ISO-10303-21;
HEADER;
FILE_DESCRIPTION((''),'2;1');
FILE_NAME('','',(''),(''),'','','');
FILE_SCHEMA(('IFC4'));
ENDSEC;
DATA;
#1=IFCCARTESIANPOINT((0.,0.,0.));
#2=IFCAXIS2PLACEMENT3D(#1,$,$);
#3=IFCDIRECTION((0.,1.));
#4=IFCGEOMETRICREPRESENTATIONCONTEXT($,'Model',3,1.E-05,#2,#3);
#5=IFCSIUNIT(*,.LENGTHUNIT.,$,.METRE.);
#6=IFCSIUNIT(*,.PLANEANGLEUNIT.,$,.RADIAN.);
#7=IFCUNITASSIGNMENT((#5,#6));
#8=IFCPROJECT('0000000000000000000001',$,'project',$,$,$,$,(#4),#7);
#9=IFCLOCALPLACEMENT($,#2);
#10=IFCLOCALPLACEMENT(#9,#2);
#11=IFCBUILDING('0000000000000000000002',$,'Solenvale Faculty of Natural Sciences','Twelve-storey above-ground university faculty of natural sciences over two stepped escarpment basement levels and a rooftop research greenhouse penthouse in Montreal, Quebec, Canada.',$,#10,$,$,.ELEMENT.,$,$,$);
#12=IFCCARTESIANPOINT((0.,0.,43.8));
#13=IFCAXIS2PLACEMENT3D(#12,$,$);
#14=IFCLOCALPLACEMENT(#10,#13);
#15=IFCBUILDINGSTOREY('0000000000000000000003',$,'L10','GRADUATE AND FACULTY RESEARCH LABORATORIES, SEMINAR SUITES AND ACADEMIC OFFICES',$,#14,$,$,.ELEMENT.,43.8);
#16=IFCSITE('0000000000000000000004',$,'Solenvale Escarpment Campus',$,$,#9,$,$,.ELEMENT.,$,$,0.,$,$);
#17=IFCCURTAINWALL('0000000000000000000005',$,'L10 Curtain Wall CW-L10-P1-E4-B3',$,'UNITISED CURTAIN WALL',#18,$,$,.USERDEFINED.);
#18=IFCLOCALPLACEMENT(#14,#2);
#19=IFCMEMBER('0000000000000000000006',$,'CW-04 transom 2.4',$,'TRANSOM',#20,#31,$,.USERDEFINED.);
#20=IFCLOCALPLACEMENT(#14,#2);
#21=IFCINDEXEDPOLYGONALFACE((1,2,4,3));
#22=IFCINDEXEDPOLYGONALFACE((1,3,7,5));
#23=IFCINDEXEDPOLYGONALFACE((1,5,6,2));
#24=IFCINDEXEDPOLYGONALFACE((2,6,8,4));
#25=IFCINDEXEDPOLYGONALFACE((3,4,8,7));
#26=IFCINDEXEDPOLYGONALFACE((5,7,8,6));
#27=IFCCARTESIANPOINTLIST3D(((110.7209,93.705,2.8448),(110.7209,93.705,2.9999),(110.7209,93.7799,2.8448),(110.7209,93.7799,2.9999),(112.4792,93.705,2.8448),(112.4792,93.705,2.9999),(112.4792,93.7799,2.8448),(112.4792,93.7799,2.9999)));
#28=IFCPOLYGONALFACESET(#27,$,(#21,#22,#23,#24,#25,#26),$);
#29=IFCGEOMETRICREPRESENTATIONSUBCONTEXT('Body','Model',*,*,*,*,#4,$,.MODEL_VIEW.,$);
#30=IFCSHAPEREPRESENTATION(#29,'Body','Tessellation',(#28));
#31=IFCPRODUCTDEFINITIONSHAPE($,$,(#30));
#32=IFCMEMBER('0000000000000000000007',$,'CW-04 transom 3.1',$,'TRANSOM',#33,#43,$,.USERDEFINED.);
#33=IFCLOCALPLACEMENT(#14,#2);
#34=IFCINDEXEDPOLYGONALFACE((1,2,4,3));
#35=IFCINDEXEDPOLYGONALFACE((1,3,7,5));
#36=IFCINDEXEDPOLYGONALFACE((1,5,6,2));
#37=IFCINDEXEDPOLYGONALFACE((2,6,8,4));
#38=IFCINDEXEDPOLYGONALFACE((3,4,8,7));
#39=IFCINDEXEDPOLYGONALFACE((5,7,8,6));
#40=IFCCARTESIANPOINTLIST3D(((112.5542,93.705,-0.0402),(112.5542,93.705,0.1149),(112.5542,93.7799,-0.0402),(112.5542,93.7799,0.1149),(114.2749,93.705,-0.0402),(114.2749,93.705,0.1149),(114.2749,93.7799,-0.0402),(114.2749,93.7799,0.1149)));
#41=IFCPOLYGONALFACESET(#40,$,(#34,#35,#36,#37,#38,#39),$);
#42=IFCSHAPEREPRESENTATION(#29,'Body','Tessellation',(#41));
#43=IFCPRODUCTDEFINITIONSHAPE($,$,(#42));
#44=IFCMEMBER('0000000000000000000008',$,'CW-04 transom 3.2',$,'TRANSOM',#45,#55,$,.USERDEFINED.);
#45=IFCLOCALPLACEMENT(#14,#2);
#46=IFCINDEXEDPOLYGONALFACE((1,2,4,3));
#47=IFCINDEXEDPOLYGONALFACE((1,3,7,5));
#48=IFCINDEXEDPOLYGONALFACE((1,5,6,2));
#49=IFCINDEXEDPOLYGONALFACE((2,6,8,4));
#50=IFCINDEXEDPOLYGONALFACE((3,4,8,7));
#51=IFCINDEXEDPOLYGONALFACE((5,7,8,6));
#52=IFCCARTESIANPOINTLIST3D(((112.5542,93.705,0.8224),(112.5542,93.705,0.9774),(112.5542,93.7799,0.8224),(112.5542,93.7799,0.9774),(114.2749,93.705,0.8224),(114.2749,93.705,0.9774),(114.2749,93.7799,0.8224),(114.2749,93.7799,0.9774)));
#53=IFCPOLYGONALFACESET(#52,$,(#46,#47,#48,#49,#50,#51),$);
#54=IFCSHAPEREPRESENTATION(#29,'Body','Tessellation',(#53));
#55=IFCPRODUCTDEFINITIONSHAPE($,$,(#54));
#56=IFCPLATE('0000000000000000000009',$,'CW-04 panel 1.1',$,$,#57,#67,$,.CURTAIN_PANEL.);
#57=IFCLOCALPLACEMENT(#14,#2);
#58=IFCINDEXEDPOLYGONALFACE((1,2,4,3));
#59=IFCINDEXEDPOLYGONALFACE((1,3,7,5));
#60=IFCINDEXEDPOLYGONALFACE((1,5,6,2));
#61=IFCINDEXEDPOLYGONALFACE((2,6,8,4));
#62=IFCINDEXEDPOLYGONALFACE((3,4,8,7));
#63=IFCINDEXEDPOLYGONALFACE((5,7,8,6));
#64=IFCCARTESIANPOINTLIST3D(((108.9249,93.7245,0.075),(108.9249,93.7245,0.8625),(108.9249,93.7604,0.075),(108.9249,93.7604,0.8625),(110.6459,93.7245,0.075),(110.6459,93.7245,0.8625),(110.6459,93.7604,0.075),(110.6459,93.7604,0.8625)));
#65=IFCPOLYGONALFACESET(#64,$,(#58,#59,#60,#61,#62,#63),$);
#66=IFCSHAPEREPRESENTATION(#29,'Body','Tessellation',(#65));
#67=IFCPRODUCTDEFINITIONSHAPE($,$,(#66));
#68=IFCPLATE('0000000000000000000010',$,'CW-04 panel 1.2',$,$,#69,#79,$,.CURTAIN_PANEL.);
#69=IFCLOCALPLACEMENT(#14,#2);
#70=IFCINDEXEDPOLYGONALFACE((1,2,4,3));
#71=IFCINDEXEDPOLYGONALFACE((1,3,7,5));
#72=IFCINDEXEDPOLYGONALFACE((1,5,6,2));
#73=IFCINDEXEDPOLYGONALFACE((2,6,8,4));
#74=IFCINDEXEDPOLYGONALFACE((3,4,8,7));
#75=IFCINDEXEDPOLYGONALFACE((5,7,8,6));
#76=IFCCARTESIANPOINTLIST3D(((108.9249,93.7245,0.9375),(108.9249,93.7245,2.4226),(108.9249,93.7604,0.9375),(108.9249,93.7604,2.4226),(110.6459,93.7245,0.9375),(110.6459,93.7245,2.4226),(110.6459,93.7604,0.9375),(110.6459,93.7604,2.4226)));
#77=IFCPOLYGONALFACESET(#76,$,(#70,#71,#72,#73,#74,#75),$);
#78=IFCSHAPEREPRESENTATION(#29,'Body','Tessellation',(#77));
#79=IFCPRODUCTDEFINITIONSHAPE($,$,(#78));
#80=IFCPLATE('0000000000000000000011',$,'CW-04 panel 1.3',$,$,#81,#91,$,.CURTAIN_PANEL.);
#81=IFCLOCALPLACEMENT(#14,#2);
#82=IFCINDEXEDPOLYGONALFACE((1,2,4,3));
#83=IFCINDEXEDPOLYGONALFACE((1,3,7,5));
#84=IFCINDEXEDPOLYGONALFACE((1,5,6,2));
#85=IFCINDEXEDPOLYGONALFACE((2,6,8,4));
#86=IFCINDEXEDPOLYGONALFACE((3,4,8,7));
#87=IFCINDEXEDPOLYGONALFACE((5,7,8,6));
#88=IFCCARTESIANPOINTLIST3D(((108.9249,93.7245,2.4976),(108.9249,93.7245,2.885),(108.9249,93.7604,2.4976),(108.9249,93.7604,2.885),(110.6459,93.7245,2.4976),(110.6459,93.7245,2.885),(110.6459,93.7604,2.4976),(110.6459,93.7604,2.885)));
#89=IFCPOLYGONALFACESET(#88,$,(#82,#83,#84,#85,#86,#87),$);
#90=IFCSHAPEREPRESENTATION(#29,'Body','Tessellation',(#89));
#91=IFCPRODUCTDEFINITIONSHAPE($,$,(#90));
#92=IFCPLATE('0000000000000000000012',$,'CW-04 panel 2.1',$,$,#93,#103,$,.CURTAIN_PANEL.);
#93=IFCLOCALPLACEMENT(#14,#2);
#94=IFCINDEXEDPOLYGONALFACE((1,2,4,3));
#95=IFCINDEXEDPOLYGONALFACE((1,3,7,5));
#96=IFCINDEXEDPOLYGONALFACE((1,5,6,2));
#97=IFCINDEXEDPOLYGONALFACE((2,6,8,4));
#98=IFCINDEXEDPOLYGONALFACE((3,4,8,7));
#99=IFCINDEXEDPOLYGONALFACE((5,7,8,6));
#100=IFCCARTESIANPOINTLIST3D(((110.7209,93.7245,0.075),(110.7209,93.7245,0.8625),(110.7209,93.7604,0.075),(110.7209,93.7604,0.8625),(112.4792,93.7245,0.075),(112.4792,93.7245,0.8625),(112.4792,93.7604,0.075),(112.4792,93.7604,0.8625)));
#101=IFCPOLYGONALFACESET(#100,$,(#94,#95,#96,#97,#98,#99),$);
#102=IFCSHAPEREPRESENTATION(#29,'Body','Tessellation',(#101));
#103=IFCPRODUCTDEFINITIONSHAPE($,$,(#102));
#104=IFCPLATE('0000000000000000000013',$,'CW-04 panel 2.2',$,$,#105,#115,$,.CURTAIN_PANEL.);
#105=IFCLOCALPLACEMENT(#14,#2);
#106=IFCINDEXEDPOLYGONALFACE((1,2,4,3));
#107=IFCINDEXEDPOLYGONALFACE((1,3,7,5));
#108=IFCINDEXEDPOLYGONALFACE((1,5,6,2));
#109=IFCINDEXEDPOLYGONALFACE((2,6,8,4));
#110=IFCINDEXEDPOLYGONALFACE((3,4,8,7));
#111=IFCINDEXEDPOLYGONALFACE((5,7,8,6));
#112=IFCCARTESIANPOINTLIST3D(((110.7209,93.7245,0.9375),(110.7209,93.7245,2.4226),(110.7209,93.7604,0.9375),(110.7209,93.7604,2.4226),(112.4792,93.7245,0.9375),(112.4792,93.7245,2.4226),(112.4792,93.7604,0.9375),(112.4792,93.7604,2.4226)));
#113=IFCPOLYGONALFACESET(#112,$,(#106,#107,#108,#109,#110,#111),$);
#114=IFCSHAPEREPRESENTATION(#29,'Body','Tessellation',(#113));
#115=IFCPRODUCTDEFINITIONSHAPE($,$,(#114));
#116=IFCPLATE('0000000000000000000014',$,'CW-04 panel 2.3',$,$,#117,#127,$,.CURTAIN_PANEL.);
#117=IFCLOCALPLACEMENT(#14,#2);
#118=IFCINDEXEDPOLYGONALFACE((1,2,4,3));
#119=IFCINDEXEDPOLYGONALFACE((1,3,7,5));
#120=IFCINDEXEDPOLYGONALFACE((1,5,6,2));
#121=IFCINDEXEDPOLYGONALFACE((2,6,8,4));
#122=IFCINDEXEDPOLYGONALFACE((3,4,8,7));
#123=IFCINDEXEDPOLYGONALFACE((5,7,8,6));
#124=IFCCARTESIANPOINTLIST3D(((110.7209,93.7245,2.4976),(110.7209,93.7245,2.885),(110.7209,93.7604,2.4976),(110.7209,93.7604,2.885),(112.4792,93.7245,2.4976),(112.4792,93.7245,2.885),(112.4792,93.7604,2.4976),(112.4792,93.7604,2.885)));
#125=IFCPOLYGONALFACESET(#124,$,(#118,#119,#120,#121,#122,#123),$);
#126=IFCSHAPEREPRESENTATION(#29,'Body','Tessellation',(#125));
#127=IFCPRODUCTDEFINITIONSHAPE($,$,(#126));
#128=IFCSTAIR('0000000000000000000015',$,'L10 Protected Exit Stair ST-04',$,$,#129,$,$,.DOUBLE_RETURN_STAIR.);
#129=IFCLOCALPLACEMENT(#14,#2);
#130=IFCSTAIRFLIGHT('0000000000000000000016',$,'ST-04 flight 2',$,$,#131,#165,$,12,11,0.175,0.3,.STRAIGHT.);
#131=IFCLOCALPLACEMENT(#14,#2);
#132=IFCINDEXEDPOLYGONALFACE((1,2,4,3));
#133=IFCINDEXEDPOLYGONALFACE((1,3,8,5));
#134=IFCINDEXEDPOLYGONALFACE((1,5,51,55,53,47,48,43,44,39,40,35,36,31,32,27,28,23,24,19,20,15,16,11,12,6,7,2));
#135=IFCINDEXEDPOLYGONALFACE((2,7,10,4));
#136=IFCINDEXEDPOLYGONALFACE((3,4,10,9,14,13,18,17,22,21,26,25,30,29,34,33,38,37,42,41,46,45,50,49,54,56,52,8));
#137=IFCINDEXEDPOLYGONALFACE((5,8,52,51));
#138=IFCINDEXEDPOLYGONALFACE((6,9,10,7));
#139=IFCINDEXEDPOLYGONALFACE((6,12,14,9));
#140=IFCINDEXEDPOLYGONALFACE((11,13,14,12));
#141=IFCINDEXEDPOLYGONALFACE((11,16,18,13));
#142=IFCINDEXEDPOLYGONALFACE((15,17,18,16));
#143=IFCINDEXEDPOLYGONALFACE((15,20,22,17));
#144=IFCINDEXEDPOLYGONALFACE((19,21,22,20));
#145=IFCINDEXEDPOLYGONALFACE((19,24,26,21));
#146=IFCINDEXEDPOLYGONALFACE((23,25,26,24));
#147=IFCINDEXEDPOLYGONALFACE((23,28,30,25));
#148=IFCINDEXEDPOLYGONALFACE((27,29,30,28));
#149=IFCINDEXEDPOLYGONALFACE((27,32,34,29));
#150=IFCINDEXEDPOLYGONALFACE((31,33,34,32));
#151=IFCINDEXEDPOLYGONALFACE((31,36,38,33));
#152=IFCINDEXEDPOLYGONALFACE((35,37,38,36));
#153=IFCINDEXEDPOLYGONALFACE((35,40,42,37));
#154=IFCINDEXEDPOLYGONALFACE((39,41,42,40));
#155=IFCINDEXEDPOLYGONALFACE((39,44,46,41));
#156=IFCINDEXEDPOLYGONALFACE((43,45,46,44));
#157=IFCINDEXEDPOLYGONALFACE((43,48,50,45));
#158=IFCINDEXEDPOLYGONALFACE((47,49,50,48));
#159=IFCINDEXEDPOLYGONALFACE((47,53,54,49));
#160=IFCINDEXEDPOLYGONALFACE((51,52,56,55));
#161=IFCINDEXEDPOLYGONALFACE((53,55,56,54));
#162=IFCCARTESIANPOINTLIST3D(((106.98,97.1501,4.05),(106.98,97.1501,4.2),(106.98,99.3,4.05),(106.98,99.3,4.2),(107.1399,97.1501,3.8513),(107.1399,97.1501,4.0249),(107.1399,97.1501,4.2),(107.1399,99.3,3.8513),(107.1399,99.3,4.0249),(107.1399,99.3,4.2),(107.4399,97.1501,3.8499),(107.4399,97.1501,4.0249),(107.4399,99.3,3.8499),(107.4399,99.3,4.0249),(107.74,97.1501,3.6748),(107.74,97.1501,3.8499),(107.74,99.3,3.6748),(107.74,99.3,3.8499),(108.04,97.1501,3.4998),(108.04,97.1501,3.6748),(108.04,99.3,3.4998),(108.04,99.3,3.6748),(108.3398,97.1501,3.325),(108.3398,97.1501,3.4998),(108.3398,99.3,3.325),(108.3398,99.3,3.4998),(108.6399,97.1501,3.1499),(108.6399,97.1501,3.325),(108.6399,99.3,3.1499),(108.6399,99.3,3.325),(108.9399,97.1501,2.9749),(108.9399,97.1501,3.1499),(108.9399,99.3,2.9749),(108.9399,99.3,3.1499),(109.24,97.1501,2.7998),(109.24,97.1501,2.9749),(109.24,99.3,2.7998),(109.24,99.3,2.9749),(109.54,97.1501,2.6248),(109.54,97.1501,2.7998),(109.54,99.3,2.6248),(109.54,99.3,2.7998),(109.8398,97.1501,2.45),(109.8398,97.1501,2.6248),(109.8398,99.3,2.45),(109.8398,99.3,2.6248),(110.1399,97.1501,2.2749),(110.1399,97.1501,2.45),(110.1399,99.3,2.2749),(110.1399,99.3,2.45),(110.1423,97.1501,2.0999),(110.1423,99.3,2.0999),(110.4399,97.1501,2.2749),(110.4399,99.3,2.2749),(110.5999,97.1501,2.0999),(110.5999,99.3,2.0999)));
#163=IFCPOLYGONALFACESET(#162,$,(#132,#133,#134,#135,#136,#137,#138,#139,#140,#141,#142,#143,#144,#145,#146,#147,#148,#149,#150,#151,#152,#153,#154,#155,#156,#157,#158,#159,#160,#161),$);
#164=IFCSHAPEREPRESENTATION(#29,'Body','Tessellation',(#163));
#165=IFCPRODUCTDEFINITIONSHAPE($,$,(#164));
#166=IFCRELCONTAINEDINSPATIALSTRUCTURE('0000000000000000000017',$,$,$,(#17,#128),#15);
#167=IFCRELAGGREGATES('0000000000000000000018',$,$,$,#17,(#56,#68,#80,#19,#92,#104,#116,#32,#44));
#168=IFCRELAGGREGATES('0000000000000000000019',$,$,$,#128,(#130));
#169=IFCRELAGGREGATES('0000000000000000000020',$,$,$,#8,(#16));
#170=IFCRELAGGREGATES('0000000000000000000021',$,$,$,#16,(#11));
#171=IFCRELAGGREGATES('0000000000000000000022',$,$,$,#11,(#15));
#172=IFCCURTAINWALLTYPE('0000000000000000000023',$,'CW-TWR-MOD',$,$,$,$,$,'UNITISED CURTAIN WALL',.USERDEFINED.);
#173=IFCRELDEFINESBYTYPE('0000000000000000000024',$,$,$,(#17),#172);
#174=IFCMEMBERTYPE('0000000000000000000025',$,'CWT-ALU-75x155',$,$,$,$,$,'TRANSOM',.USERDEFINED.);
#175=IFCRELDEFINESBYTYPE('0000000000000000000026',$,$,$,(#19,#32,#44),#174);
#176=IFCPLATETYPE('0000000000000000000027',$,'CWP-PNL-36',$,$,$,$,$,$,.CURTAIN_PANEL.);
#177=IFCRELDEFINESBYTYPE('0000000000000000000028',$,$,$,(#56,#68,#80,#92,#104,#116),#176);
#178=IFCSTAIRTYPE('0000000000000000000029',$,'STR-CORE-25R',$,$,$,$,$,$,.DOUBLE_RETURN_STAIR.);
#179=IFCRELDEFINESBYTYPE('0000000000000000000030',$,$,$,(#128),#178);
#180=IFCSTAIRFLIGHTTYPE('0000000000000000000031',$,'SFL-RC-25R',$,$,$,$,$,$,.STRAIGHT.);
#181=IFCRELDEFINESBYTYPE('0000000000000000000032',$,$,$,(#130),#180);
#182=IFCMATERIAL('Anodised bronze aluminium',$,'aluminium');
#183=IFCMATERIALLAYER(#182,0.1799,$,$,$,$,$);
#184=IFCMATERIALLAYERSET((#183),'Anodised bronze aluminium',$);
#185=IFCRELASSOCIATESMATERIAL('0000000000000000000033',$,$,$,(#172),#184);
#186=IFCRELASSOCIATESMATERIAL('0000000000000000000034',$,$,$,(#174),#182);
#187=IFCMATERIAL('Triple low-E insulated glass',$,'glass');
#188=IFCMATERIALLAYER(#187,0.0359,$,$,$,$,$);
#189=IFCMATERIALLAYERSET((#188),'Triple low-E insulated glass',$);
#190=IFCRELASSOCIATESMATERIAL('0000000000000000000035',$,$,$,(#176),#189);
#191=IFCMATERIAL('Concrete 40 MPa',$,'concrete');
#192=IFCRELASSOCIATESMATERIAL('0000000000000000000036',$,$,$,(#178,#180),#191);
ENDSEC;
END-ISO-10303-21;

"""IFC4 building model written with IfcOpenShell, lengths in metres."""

from ifc_helpers import new_model, si_unit, direction, frame, origin, origin_2d, place, context, subcontext, project, spatial, polyline, rectangle, outline, extrude, material, layer, layer_set, material_profile, profile_set, type_object, element, aggregate, save


model = new_model("IFC4")

# Units and contexts
model_context = context("Model", 3, precision=1e-05, world=origin(), true_north=direction((0.0, 1.0)))
body_context = subcontext(model_context, "Body", "Model", "MODEL_VIEW")
ifc_project = project(units=[si_unit("LENGTHUNIT", "METRE"), si_unit("PLANEANGLEUNIT", "RADIAN")], contexts=[model_context])

# Site, building, storey
site_placement = place(None, origin())
site = spatial("IfcSite", under=ifc_project, at=site_placement, Name="Solenvale Escarpment Campus", CompositionType="ELEMENT", RefElevation=0.0)
building_placement = place(site_placement, origin())
building = spatial("IfcBuilding", under=site, at=building_placement, Name="Solenvale Faculty of Natural Sciences", Description="Twelve-storey above-ground university faculty of natural sciences over two stepped escarpment basement levels and a rooftop research greenhouse penthouse in Montreal, Quebec, Canada.", CompositionType="ELEMENT")
storey_placement = place(building_placement, frame((0.0, 0.0, 43.8)))
storey = spatial("IfcBuildingStorey", under=building, at=storey_placement, Name="L10", Description="GRADUATE AND FACULTY RESEARCH LABORATORIES, SEMINAR SUITES AND ACADEMIC OFFICES", CompositionType="ELEMENT", Elevation=43.8)

# Shared definitions
ifc_material_1 = material(Name="Concrete 40 MPa", Category="concrete")

# Curtain wall, members, plates
ifc_material_2 = material(Name="Anodised bronze aluminium", Category="aluminium")
ifc_layer_1 = layer(ifc_material_2, 0.1799)
ifc_layer_set_1 = layer_set([ifc_layer_1], Name="Anodised bronze aluminium")
curtain_wall_type = type_object("IfcCurtainWallType", Name="CW-TWR-MOD", ElementType="UNITISED CURTAIN WALL", PredefinedType="USERDEFINED", material=ifc_layer_set_1)
curtain_wall_placement = place(storey_placement, origin())
curtain_wall = element("IfcCurtainWall", 1, at=curtain_wall_placement, inside=storey, type_object=curtain_wall_type, Name="L10 Curtain Wall CW-L10-P1-E4-B3", ObjectType="UNITISED CURTAIN WALL", PredefinedType="USERDEFINED")
ifc_material_profile_1 = material_profile(ifc_material_2, rectangle(XDim=0.075, YDim=0.155, at=origin_2d()), Name="ALU-TRN-75x155")
ifc_profile_set_1 = profile_set([ifc_material_profile_1], Name="Anodised bronze aluminium")
member_type_1 = type_object("IfcMemberType", Name="CWT-ALU-75x155", ElementType="TRANSOM", PredefinedType="USERDEFINED", material=ifc_profile_set_1)
member_1_placement = place(storey_placement, frame((110.7209, 93.7424, 2.9224), z_axis=(1.0, 0.0, 0.0), x_axis=(0.0, 1.0, 0.0)))
member_1 = element("IfcMember", 2, at=member_1_placement, type_object=member_type_1, Name="CW-04 transom 2.4", ObjectType="TRANSOM", PredefinedType="USERDEFINED", context=body_context, shape_type="SweptSolid", body=[
    extrude(rectangle(XDim=0.075, YDim=0.155, at=origin_2d()), origin(), (0.0, 0.0, 1.0), 1.7583),
])
member_2_placement = place(storey_placement, frame((112.5542, 93.7424, 0.0374), z_axis=(1.0, 0.0, 0.0), x_axis=(0.0, 1.0, 0.0)))
member_2 = element("IfcMember", 3, at=member_2_placement, type_object=member_type_1, Name="CW-04 transom 3.1", ObjectType="TRANSOM", PredefinedType="USERDEFINED", context=body_context, shape_type="SweptSolid", body=[
    extrude(rectangle(XDim=0.075, YDim=0.155, at=origin_2d()), origin(), (0.0, 0.0, 1.0), 1.7207),
])
member_3_placement = place(storey_placement, frame((112.5542, 93.7424, 0.8999), z_axis=(1.0, 0.0, 0.0), x_axis=(0.0, 1.0, 0.0)))
member_3 = element("IfcMember", 4, at=member_3_placement, type_object=member_type_1, Name="CW-04 transom 3.2", ObjectType="TRANSOM", PredefinedType="USERDEFINED", context=body_context, shape_type="SweptSolid", body=[
    extrude(rectangle(XDim=0.075, YDim=0.155, at=origin_2d()), origin(), (0.0, 0.0, 1.0), 1.7207),
])
ifc_material_3 = material(Name="Triple low-E insulated glass", Category="glass")
ifc_layer_2 = layer(ifc_material_3, 0.0359)
ifc_layer_set_2 = layer_set([ifc_layer_2], Name="Triple low-E insulated glass")
plate_type = type_object("IfcPlateType", Name="CWP-PNL-36", PredefinedType="CURTAIN_PANEL", material=ifc_layer_set_2)
plate_1_placement = place(storey_placement, frame((109.7854, 93.7424, 0.075), z_axis=(0.0, 0.0, 1.0), x_axis=(1.0, 0.0, 0.0)))
plate_1 = element("IfcPlate", 5, at=plate_1_placement, type_object=plate_type, Name="CW-04 panel 1.1", PredefinedType="CURTAIN_PANEL", context=body_context, shape_type="SweptSolid", body=[
    extrude(rectangle(XDim=1.7209, YDim=0.0359, at=origin_2d()), origin(), (0.0, 0.0, 1.0), 0.7876),
])
plate_2_placement = place(storey_placement, frame((109.7854, 93.7424, 0.9375), z_axis=(0.0, 0.0, 1.0), x_axis=(1.0, 0.0, 0.0)))
plate_2 = element("IfcPlate", 6, at=plate_2_placement, type_object=plate_type, Name="CW-04 panel 1.2", PredefinedType="CURTAIN_PANEL", context=body_context, shape_type="SweptSolid", body=[
    extrude(rectangle(XDim=1.7209, YDim=0.0359, at=origin_2d()), origin(), (0.0, 0.0, 1.0), 1.4851),
])
plate_3_placement = place(storey_placement, frame((109.7854, 93.7424, 2.4976), z_axis=(0.0, 0.0, 1.0), x_axis=(1.0, 0.0, 0.0)))
plate_3 = element("IfcPlate", 7, at=plate_3_placement, type_object=plate_type, Name="CW-04 panel 1.3", PredefinedType="CURTAIN_PANEL", context=body_context, shape_type="SweptSolid", body=[
    extrude(rectangle(XDim=1.7209, YDim=0.0359, at=origin_2d()), origin(), (0.0, 0.0, 1.0), 0.3875),
])
plate_4_placement = place(storey_placement, frame((111.6001, 93.7424, 0.075), z_axis=(0.0, 0.0, 1.0), x_axis=(1.0, 0.0, 0.0)))
plate_4 = element("IfcPlate", 8, at=plate_4_placement, type_object=plate_type, Name="CW-04 panel 2.1", PredefinedType="CURTAIN_PANEL", context=body_context, shape_type="SweptSolid", body=[
    extrude(rectangle(XDim=1.7583, YDim=0.0359, at=origin_2d()), origin(), (0.0, 0.0, 1.0), 0.7876),
])
plate_5_placement = place(storey_placement, frame((111.6001, 93.7424, 0.9375), z_axis=(0.0, 0.0, 1.0), x_axis=(1.0, 0.0, 0.0)))
plate_5 = element("IfcPlate", 9, at=plate_5_placement, type_object=plate_type, Name="CW-04 panel 2.2", PredefinedType="CURTAIN_PANEL", context=body_context, shape_type="SweptSolid", body=[
    extrude(rectangle(XDim=1.7583, YDim=0.0359, at=origin_2d()), origin(), (0.0, 0.0, 1.0), 1.4851),
])
plate_6_placement = place(storey_placement, frame((111.6001, 93.7424, 2.4976), z_axis=(0.0, 0.0, 1.0), x_axis=(1.0, 0.0, 0.0)))
plate_6 = element("IfcPlate", 10, at=plate_6_placement, type_object=plate_type, Name="CW-04 panel 2.3", PredefinedType="CURTAIN_PANEL", context=body_context, shape_type="SweptSolid", body=[
    extrude(rectangle(XDim=1.7583, YDim=0.0359, at=origin_2d()), origin(), (0.0, 0.0, 1.0), 0.3875),
])
aggregate(curtain_wall, [plate_1, plate_2, plate_3, member_1, plate_4, plate_5, plate_6, member_2, member_3])

# Stair, stair flight
stair_type = type_object("IfcStairType", Name="STR-CORE-25R", PredefinedType="DOUBLE_RETURN_STAIR", material=ifc_material_1)
stair_placement = place(storey_placement, origin())
stair = element("IfcStair", 11, at=stair_placement, inside=storey, type_object=stair_type, Name="L10 Protected Exit Stair ST-04", PredefinedType="DOUBLE_RETURN_STAIR")
stair_flight_type = type_object("IfcStairFlightType", Name="SFL-RC-25R", PredefinedType="STRAIGHT", material=ifc_material_1)
stair_flight_placement = place(storey_placement, frame((110.4399, 98.2251, 2.0999), z_axis=(0.0, 0.0, 1.0), x_axis=(-1.0, 0.0, 0.0)))
stair_flight = element("IfcStairFlight", 12, at=stair_flight_placement, type_object=stair_flight_type, Name="ST-04 flight 2", NumberOfRisers=12, NumberOfTreads=11, PredefinedType="STRAIGHT", RiserHeight=0.175, TreadLength=0.3, context=body_context, shape_type="SweptSolid", body=[
    extrude(outline(polyline([(-0.1599, 0.0), (0.0, 0.175), (0.3, 0.175), (0.3, 0.3501), (0.6001, 0.3501), (0.6001, 0.5249), (0.8999, 0.5249), (0.8999, 0.7), (1.2, 0.7), (1.2, 0.875), (1.5, 0.875), (1.5, 1.05), (1.8, 1.05), (1.8, 1.2251), (2.1001, 1.2251), (2.1001, 1.3999), (2.3999, 1.3999), (2.3999, 1.575), (2.7, 1.575), (2.7, 1.75), (3.0, 1.75), (3.0, 1.925), (3.3, 1.925), (3.3, 2.1001), (3.46, 2.1001), (3.46, 1.9502), (3.3, 1.7515), (0.2976, 0.0), (-0.1599, 0.0)])), frame((0.0, 1.075, 0.0), z_axis=(0.0, -1.0, 0.0), x_axis=(1.0, 0.0, 0.0)), (0.0, 0.0, 1.0), 2.1499),
])
aggregate(stair, [stair_flight])

save(model, "model.ifc")
